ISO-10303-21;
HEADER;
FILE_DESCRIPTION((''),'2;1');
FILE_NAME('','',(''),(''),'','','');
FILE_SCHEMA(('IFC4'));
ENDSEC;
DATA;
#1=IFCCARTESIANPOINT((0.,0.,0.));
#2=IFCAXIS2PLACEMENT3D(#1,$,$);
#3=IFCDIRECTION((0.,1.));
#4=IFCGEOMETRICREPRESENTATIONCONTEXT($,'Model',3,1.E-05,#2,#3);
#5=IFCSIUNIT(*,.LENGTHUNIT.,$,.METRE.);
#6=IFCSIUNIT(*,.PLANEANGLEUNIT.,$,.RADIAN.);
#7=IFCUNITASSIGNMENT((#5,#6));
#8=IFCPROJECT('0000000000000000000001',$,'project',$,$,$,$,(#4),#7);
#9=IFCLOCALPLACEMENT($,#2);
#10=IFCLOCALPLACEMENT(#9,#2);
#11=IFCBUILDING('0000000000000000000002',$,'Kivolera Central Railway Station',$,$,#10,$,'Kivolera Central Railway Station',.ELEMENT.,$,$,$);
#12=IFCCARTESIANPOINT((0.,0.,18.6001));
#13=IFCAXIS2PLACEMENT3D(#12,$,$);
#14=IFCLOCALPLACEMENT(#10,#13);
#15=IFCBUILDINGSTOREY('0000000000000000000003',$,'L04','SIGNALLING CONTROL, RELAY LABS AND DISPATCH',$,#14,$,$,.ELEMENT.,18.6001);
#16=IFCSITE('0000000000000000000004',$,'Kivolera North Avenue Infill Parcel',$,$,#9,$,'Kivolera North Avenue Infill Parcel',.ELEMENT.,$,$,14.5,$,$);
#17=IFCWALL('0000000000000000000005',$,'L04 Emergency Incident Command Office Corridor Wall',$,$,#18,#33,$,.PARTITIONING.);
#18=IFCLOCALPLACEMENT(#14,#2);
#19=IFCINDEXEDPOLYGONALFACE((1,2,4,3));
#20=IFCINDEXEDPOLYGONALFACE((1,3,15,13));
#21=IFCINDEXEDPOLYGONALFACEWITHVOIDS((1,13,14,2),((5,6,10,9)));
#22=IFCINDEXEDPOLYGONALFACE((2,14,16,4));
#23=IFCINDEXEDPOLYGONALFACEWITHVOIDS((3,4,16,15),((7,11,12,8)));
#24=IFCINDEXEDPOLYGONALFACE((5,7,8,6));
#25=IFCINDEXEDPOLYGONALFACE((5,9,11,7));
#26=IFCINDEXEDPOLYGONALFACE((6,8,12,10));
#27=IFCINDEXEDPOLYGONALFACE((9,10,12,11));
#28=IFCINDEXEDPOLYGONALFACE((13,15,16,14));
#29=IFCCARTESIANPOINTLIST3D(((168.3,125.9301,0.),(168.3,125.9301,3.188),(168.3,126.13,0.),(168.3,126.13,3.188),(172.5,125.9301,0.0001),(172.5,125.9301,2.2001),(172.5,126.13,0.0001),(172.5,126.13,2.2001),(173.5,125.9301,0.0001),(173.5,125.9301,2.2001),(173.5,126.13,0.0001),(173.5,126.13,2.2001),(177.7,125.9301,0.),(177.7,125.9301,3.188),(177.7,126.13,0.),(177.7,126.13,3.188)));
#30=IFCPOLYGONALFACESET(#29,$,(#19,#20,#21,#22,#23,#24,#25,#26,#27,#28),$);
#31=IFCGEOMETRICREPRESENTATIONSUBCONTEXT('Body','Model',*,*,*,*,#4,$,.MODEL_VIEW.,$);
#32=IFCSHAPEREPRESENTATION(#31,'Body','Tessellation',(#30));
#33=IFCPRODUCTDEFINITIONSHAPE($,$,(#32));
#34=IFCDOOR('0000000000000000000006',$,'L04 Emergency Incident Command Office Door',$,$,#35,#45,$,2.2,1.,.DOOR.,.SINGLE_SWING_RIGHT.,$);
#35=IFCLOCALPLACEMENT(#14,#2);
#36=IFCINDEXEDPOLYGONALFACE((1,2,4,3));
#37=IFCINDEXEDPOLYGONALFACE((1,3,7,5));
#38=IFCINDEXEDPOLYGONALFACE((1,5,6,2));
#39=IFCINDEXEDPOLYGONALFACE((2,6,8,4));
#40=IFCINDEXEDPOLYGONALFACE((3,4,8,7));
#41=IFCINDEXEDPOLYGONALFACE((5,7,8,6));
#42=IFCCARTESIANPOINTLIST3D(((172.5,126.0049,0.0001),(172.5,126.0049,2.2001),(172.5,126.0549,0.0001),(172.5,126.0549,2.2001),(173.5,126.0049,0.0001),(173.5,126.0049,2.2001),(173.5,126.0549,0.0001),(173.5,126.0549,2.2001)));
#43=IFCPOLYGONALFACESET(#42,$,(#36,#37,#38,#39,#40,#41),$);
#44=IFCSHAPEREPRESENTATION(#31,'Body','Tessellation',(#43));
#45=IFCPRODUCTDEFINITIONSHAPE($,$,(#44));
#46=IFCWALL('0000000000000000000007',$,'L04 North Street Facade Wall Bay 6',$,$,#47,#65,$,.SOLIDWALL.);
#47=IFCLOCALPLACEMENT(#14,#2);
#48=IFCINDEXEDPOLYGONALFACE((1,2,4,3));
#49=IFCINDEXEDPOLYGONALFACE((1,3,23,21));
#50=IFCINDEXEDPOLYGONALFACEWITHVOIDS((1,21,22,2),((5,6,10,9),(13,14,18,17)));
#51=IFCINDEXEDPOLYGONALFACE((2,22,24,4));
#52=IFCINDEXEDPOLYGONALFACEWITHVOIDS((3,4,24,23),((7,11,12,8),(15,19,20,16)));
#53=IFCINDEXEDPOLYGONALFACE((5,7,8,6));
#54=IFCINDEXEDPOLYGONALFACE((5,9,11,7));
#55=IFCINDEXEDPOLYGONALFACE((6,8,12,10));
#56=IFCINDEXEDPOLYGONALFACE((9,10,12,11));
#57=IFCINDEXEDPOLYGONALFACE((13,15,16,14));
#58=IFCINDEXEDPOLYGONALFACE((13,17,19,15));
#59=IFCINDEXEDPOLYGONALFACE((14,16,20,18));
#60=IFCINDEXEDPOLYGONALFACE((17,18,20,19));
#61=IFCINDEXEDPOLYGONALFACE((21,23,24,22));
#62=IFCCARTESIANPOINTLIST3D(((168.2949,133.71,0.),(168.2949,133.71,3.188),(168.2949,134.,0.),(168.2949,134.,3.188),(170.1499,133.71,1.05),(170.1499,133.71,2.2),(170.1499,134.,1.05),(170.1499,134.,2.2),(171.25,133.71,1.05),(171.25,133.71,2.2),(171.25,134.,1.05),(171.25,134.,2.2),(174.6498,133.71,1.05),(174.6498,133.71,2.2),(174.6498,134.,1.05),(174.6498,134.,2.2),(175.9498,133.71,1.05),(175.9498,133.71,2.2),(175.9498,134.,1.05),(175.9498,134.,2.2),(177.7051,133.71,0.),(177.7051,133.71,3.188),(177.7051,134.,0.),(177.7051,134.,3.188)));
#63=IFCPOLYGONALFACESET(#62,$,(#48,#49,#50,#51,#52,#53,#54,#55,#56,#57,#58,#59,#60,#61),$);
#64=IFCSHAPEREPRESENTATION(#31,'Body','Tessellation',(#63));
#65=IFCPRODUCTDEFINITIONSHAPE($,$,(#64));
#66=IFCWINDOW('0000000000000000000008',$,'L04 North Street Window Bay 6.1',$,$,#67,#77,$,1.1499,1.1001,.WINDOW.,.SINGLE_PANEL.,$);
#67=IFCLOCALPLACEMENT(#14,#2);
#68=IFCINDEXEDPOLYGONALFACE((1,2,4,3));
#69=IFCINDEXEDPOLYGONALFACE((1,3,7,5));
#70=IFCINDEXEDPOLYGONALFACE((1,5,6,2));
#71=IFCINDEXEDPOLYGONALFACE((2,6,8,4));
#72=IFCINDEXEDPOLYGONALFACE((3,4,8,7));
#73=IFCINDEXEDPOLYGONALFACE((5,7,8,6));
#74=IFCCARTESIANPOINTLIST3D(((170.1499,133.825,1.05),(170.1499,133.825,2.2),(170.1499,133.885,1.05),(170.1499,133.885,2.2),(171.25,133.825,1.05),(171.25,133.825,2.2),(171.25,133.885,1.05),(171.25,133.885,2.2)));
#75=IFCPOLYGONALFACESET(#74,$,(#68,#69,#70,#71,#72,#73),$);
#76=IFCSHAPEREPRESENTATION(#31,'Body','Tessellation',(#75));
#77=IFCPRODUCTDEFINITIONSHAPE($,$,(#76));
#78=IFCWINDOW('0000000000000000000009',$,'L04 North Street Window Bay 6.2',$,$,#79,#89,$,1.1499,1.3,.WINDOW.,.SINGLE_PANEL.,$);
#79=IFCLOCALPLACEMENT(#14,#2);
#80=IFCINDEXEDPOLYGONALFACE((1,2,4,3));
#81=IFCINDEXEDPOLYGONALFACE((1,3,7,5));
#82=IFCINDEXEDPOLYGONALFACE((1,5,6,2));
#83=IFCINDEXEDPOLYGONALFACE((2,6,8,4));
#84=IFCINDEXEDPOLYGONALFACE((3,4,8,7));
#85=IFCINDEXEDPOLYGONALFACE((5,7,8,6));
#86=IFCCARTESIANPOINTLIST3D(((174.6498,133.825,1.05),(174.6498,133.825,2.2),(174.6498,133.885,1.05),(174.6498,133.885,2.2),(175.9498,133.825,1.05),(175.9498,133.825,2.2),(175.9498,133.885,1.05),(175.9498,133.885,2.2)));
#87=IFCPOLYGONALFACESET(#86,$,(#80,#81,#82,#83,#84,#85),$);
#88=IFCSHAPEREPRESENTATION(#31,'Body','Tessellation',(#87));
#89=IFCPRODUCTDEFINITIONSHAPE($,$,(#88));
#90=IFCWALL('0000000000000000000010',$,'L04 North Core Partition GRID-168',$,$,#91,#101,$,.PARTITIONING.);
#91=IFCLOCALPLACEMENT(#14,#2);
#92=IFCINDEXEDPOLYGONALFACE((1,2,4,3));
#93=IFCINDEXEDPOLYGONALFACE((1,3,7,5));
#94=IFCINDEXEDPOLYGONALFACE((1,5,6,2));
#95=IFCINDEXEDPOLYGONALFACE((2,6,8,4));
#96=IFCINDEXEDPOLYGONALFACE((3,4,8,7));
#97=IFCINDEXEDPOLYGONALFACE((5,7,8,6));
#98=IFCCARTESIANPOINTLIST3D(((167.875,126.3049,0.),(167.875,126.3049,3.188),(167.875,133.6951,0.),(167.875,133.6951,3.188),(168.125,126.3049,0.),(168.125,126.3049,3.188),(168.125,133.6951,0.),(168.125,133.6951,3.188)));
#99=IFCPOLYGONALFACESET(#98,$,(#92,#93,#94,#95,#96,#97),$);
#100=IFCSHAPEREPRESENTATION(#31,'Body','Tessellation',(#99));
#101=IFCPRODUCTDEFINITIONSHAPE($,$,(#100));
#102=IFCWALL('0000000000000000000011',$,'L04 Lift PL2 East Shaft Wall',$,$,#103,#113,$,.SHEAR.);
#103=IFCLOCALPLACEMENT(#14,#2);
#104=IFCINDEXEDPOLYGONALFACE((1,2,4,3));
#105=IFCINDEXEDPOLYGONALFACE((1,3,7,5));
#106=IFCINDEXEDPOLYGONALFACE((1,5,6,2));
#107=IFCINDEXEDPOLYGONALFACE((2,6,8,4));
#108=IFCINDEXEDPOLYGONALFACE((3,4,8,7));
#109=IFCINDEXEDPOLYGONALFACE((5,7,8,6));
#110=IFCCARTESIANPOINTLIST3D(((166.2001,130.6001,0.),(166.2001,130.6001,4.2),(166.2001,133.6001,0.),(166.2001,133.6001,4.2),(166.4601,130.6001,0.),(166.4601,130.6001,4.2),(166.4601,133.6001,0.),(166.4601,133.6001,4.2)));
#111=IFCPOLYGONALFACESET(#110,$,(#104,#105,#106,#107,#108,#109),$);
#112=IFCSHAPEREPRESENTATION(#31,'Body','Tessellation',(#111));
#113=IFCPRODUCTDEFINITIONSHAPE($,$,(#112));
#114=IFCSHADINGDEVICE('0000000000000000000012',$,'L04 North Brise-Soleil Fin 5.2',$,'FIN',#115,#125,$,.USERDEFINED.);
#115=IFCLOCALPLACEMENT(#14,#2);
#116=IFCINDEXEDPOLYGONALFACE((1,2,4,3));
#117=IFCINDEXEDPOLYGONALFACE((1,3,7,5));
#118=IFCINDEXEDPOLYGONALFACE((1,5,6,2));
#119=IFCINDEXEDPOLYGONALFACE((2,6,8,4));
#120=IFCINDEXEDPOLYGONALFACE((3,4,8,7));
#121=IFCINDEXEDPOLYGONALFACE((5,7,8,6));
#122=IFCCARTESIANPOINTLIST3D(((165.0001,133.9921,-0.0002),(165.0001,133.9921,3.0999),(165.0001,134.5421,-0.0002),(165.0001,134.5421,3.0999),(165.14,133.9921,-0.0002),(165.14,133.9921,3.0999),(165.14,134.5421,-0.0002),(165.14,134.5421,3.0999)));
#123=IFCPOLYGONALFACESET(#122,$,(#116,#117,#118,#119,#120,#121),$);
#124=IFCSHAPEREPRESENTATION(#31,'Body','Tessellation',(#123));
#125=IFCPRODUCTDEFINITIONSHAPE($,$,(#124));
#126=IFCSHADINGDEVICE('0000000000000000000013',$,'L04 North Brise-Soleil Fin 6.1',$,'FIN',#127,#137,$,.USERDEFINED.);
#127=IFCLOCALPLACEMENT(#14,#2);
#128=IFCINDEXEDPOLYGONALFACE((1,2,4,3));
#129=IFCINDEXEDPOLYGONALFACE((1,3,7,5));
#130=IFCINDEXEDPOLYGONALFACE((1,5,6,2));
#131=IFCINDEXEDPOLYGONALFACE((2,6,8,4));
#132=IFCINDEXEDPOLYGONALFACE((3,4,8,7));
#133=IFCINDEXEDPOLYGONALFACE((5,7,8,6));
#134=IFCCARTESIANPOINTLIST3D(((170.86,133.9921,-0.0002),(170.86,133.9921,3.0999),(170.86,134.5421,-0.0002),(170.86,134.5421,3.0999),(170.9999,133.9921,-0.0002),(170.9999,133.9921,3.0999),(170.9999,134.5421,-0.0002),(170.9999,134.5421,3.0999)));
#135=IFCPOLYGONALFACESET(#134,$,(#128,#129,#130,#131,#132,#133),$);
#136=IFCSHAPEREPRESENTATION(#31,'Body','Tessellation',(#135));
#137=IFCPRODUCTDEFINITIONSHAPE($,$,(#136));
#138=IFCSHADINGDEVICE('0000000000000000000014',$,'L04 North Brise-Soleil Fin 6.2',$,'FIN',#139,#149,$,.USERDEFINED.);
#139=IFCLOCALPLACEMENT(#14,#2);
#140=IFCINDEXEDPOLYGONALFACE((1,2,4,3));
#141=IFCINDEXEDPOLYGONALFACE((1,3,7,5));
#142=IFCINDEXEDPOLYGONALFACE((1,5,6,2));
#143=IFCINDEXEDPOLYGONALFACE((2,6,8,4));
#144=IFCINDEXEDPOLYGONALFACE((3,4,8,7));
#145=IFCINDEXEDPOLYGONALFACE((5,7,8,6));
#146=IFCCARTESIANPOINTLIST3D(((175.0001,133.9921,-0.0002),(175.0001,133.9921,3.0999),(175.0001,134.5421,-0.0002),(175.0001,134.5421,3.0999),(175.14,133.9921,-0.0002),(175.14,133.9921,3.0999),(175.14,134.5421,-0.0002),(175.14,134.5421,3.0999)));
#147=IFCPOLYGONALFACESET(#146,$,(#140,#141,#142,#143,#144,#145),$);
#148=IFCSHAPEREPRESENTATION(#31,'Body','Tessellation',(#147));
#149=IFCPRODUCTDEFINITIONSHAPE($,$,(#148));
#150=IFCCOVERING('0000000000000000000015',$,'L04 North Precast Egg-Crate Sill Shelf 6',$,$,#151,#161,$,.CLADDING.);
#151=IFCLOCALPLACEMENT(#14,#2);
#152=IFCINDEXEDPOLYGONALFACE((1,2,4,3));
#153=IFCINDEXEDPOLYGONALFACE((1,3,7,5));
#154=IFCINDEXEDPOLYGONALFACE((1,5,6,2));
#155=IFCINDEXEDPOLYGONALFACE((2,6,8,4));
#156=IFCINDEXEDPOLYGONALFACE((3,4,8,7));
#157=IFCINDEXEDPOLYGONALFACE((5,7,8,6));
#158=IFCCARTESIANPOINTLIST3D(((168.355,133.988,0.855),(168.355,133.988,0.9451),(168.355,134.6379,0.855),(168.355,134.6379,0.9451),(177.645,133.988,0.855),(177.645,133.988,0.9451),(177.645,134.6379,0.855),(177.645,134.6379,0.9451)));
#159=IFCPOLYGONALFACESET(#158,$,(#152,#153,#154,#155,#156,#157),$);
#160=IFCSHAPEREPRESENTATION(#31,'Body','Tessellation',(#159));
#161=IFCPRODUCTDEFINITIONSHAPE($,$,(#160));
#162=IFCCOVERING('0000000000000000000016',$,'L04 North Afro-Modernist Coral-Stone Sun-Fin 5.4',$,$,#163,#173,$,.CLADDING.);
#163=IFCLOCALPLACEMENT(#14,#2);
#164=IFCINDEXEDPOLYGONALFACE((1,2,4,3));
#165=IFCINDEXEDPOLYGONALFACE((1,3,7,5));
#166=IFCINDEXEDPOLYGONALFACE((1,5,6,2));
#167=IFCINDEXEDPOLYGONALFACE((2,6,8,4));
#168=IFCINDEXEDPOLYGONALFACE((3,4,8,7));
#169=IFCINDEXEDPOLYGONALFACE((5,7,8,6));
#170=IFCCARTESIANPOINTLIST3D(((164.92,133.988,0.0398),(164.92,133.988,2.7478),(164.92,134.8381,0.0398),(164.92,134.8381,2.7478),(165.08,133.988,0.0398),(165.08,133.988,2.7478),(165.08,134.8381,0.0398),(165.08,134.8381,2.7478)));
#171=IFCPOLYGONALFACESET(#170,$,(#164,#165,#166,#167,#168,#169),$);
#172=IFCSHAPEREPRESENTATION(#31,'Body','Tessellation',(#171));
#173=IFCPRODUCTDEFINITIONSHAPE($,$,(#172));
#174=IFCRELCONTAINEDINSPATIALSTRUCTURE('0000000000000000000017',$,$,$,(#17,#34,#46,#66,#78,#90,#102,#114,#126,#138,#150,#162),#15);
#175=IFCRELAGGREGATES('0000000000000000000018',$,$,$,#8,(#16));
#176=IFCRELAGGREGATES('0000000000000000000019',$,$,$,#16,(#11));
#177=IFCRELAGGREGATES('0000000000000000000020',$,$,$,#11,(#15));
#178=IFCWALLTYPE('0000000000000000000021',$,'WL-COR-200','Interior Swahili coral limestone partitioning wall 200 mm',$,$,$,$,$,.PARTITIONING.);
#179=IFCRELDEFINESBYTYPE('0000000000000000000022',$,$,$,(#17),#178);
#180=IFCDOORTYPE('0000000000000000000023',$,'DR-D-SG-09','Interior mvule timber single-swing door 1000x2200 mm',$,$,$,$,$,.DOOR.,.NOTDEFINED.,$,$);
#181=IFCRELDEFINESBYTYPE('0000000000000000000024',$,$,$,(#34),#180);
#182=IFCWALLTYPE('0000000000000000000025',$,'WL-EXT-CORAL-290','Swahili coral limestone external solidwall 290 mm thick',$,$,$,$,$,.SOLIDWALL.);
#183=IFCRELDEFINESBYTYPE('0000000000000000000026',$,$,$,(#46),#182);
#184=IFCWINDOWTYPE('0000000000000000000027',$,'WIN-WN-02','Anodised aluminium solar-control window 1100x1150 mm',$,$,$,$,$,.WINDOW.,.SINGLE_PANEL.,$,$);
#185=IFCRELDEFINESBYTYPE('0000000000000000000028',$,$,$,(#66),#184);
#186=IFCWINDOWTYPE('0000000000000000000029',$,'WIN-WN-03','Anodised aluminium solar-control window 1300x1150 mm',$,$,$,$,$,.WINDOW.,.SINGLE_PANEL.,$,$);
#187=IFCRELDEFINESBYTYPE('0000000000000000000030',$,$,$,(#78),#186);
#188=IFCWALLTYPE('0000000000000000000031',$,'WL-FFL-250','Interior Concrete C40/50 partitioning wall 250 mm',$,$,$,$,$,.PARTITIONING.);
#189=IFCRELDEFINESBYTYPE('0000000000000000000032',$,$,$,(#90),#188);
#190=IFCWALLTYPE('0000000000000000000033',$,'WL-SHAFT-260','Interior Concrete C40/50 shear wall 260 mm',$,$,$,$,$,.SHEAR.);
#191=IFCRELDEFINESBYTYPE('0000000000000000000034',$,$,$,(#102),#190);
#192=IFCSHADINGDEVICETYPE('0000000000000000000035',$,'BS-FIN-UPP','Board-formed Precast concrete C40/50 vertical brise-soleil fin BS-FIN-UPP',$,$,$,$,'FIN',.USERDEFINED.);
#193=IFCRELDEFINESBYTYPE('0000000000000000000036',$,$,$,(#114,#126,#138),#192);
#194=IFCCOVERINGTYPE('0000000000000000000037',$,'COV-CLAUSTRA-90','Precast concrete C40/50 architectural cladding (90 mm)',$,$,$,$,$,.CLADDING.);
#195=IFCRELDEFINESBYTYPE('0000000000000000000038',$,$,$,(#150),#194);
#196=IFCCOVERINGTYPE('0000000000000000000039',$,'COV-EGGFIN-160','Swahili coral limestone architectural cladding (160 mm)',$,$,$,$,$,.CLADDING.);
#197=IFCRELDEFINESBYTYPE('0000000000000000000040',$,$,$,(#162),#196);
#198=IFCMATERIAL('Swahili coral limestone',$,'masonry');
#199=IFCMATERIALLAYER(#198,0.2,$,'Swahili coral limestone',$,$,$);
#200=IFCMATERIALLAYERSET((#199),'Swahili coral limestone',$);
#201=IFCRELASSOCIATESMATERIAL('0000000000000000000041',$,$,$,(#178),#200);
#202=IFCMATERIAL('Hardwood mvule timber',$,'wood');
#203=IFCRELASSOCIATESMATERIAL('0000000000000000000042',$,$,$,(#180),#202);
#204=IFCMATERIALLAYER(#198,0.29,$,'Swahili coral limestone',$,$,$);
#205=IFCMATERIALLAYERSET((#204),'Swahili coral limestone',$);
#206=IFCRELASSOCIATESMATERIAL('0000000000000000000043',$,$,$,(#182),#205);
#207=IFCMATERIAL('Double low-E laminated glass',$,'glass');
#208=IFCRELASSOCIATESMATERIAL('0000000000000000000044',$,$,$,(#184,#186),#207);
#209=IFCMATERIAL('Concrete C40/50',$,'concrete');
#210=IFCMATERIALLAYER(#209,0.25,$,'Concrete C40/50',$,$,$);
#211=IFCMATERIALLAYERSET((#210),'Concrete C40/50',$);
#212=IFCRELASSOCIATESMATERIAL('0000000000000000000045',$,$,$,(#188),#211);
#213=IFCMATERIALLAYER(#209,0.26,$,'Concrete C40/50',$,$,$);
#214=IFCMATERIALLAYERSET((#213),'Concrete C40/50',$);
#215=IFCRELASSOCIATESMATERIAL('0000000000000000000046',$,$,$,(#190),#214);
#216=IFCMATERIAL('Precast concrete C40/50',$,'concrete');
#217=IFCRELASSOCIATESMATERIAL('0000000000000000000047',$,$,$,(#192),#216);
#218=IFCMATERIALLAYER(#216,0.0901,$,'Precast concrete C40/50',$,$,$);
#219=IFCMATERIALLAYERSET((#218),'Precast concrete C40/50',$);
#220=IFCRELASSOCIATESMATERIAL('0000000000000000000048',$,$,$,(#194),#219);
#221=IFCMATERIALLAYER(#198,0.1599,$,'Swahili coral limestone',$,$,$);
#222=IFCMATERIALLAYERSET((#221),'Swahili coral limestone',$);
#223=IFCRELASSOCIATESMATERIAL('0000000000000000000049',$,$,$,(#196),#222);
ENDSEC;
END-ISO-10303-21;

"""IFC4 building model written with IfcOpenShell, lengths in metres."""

from ifc_helpers import new_model, si_unit, direction, frame, frame_2d, origin, origin_2d, place, context, subcontext, project, spatial, rectangle, extrude, material, layer, layer_set, type_object, element, fill, save


model = new_model("IFC4")

# Units and contexts
model_context = context("Model", 3, precision=1e-05, world=origin(), true_north=direction((0.0, 1.0)))
body_context = subcontext(model_context, "Body", "Model", "MODEL_VIEW")
ifc_project = project(units=[si_unit("LENGTHUNIT", "METRE"), si_unit("PLANEANGLEUNIT", "RADIAN")], contexts=[model_context])

# Site, building, storey
site_placement = place(None, origin())
site = spatial("IfcSite", under=ifc_project, at=site_placement, Name="Kivolera North Avenue Infill Parcel", LongName="Kivolera North Avenue Infill Parcel", CompositionType="ELEMENT", RefElevation=14.5)
building_placement = place(site_placement, origin())
building = spatial("IfcBuilding", under=site, at=building_placement, Name="Kivolera Central Railway Station", LongName="Kivolera Central Railway Station", CompositionType="ELEMENT")
storey_placement = place(building_placement, frame((0.0, 0.0, 18.6001)))
storey = spatial("IfcBuildingStorey", under=building, at=storey_placement, Name="L04", Description="SIGNALLING CONTROL, RELAY LABS AND DISPATCH", CompositionType="ELEMENT", Elevation=18.6001)

# Shared definitions
ifc_material_1 = material(Name="Concrete C40/50", Category="concrete")

# Shared definitions
ifc_material_2 = material(Name="Double low-E laminated glass", Category="glass")

# Wall, opening, door
ifc_material_3 = material(Name="Swahili coral limestone", Category="masonry")
ifc_layer_1 = layer(ifc_material_3, 0.2, Name="Swahili coral limestone")
ifc_layer_set_1 = layer_set([ifc_layer_1], Name="Swahili coral limestone")
wall_type_1 = type_object("IfcWallType", Name="WL-COR-200", Description="Interior Swahili coral limestone partitioning wall 200 mm", PredefinedType="PARTITIONING", material=ifc_layer_set_1)
wall_1_placement = place(storey_placement, frame((168.3, 126.03, 0.0), z_axis=(0.0, 0.0, 1.0), x_axis=(1.0, 0.0, 0.0)))
wall_1 = element("IfcWall", 1, at=wall_1_placement, inside=storey, type_object=wall_type_1, Name="L04 Emergency Incident Command Office Corridor Wall", PredefinedType="PARTITIONING", context=body_context, shape_type="SweptSolid", body=[
    extrude(rectangle(XDim=9.3999, YDim=0.2, at=frame_2d((4.7, 0.0))), origin(), (0.0, 0.0, 1.0), 3.188),
])
opening_1_placement = place(wall_1_placement, frame((4.2, 0.0, 0.0)))
opening_1 = element("IfcOpeningElement", 2, at=opening_1_placement, cuts=wall_1, PredefinedType="OPENING", context=body_context, shape_type="SweptSolid", body=[
    extrude(rectangle(XDim=1.0, YDim=2.2, at=frame_2d((0.5, 1.1001))), frame((0.0, 0.1099, 0.0), z_axis=(0.0, -1.0, 0.0), x_axis=(1.0, 0.0, 0.0)), (0.0, 0.0, 1.0), 0.22),
])
ifc_material_4 = material(Name="Hardwood mvule timber", Category="wood")
door_type = type_object("IfcDoorType", Name="DR-D-SG-09", Description="Interior mvule timber single-swing door 1000x2200 mm", OperationType="NOTDEFINED", PredefinedType="DOOR", material=ifc_material_4)
door_placement = place(opening_1_placement, origin())
door = element("IfcDoor", 3, at=door_placement, inside=storey, type_object=door_type, Name="L04 Emergency Incident Command Office Door", OperationType="SINGLE_SWING_RIGHT", OverallHeight=2.2, OverallWidth=1.0, PredefinedType="DOOR", context=body_context, shape_type="SweptSolid", body=[
    extrude(rectangle(XDim=1.0, YDim=2.2, at=frame_2d((0.5, 1.1001))), frame((0.0, 0.0249, 0.0), z_axis=(0.0, -1.0, 0.0), x_axis=(1.0, 0.0, 0.0)), (0.0, 0.0, 1.0), 0.05),
])
fill(opening_1, door)

# Wall, openings, windows
ifc_layer_2 = layer(ifc_material_3, 0.29, Name="Swahili coral limestone")
ifc_layer_set_2 = layer_set([ifc_layer_2], Name="Swahili coral limestone")
wall_type_2 = type_object("IfcWallType", Name="WL-EXT-CORAL-290", Description="Swahili coral limestone external solidwall 290 mm thick", PredefinedType="SOLIDWALL", material=ifc_layer_set_2)
wall_2_placement = place(storey_placement, frame((168.2949, 133.855, 0.0), z_axis=(0.0, 0.0, 1.0), x_axis=(1.0, 0.0, 0.0)))
wall_2 = element("IfcWall", 4, at=wall_2_placement, inside=storey, type_object=wall_type_2, Name="L04 North Street Facade Wall Bay 6", PredefinedType="SOLIDWALL", context=body_context, shape_type="SweptSolid", body=[
    extrude(rectangle(XDim=9.4102, YDim=0.29, at=frame_2d((4.7051, 0.0))), origin(), (0.0, 0.0, 1.0), 3.188),
])
opening_2_placement = place(wall_2_placement, frame((1.855, 0.0, 1.05)))
opening_2 = element("IfcOpeningElement", 5, at=opening_2_placement, cuts=wall_2, PredefinedType="OPENING", context=body_context, shape_type="SweptSolid", body=[
    extrude(rectangle(XDim=1.1001, YDim=1.1499, at=frame_2d((0.55, 0.575))), frame((0.0, 0.155, 0.0), z_axis=(0.0, -1.0, 0.0), x_axis=(1.0, 0.0, 0.0)), (0.0, 0.0, 1.0), 0.3101),
])
opening_3_placement = place(wall_2_placement, frame((6.355, 0.0, 1.05)))
opening_3 = element("IfcOpeningElement", 6, at=opening_3_placement, cuts=wall_2, PredefinedType="OPENING", context=body_context, shape_type="SweptSolid", body=[
    extrude(rectangle(XDim=1.3, YDim=1.1499, at=frame_2d((0.6499, 0.575))), frame((0.0, 0.155, 0.0), z_axis=(0.0, -1.0, 0.0), x_axis=(1.0, 0.0, 0.0)), (0.0, 0.0, 1.0), 0.3101),
])
window_type_1 = type_object("IfcWindowType", Name="WIN-WN-02", Description="Anodised aluminium solar-control window 1100x1150 mm", PartitioningType="SINGLE_PANEL", PredefinedType="WINDOW", material=ifc_material_2)
window_1_placement = place(opening_2_placement, origin())
window_1 = element("IfcWindow", 7, at=window_1_placement, inside=storey, type_object=window_type_1, Name="L04 North Street Window Bay 6.1", OverallHeight=1.1499, OverallWidth=1.1001, PartitioningType="SINGLE_PANEL", PredefinedType="WINDOW", context=body_context, shape_type="SweptSolid", body=[
    extrude(rectangle(XDim=1.1001, YDim=1.1499, at=frame_2d((0.55, 0.575))), frame((0.0, 0.03, 0.0), z_axis=(0.0, -1.0, 0.0), x_axis=(1.0, 0.0, 0.0)), (0.0, 0.0, 1.0), 0.0601),
])
fill(opening_2, window_1)
window_type_2 = type_object("IfcWindowType", Name="WIN-WN-03", Description="Anodised aluminium solar-control window 1300x1150 mm", PartitioningType="SINGLE_PANEL", PredefinedType="WINDOW", material=ifc_material_2)
window_2_placement = place(opening_3_placement, origin())
window_2 = element("IfcWindow", 8, at=window_2_placement, inside=storey, type_object=window_type_2, Name="L04 North Street Window Bay 6.2", OverallHeight=1.1499, OverallWidth=1.3, PartitioningType="SINGLE_PANEL", PredefinedType="WINDOW", context=body_context, shape_type="SweptSolid", body=[
    extrude(rectangle(XDim=1.3, YDim=1.1499, at=frame_2d((0.6499, 0.575))), frame((0.0, 0.03, 0.0), z_axis=(0.0, -1.0, 0.0), x_axis=(1.0, 0.0, 0.0)), (0.0, 0.0, 1.0), 0.0601),
])
fill(opening_3, window_2)

# Walls
ifc_layer_3 = layer(ifc_material_1, 0.25, Name="Concrete C40/50")
ifc_layer_set_3 = layer_set([ifc_layer_3], Name="Concrete C40/50")
wall_type_3 = type_object("IfcWallType", Name="WL-FFL-250", Description="Interior Concrete C40/50 partitioning wall 250 mm", PredefinedType="PARTITIONING", material=ifc_layer_set_3)
wall_3_placement = place(storey_placement, frame((168.0, 126.3049, 0.0), z_axis=(0.0, 0.0, 1.0), x_axis=(0.0, 1.0, 0.0)))
element("IfcWall", 9, at=wall_3_placement, inside=storey, type_object=wall_type_3, Name="L04 North Core Partition GRID-168", PredefinedType="PARTITIONING", context=body_context, shape_type="SweptSolid", body=[
    extrude(rectangle(XDim=7.3901, YDim=0.25, at=frame_2d((3.6951, 0.0))), origin(), (0.0, 0.0, 1.0), 3.188),
])
ifc_layer_4 = layer(ifc_material_1, 0.26, Name="Concrete C40/50")
ifc_layer_set_4 = layer_set([ifc_layer_4], Name="Concrete C40/50")
wall_type_4 = type_object("IfcWallType", Name="WL-SHAFT-260", Description="Interior Concrete C40/50 shear wall 260 mm", PredefinedType="SHEAR", material=ifc_layer_set_4)
wall_4_placement = place(storey_placement, frame((166.3301, 130.6001, 0.0), z_axis=(0.0, 0.0, 1.0), x_axis=(0.0, 1.0, 0.0)))
element("IfcWall", 10, at=wall_4_placement, inside=storey, type_object=wall_type_4, Name="L04 Lift PL2 East Shaft Wall", PredefinedType="SHEAR", context=body_context, shape_type="SweptSolid", body=[
    extrude(rectangle(XDim=3.0, YDim=0.26, at=frame_2d((1.5, 0.0))), origin(), (0.0, 0.0, 1.0), 4.2),
])

# Shading devices
ifc_material_5 = material(Name="Precast concrete C40/50", Category="concrete")
shading_device_type = type_object("IfcShadingDeviceType", Name="BS-FIN-UPP", Description="Board-formed Precast concrete C40/50 vertical brise-soleil fin BS-FIN-UPP", ElementType="FIN", PredefinedType="USERDEFINED", material=ifc_material_5)
for number, where, z_axis, x_axis, name in (
    (11, (165.0701, 134.2671, -0.0002), (0.0, 0.0, 1.0), (1.0, 0.0, 0.0), "L04 North Brise-Soleil Fin 5.2"),
    (12, (170.9299, 134.2671, -0.0002), (0.0, 0.0, 1.0), (1.0, 0.0, 0.0), "L04 North Brise-Soleil Fin 6.1"),
    (13, (175.0701, 134.2671, -0.0002), (0.0, 0.0, 1.0), (1.0, 0.0, 0.0), "L04 North Brise-Soleil Fin 6.2"),
):
    element("IfcShadingDevice", number, at=place(storey_placement, frame(where, z_axis=z_axis, x_axis=x_axis)), inside=storey, type_object=shading_device_type, Name=name, ObjectType="FIN", PredefinedType="USERDEFINED", context=body_context, shape_type="SweptSolid", body=[
        extrude(rectangle(XDim=0.1399, YDim=0.55, at=origin_2d()), origin(), (0.0, 0.0, 1.0), 3.1001),
    ])

# Coverings
ifc_layer_5 = layer(ifc_material_5, 0.0901, Name="Precast concrete C40/50")
ifc_layer_set_5 = layer_set([ifc_layer_5], Name="Precast concrete C40/50")
covering_type_1 = type_object("IfcCoveringType", Name="COV-CLAUSTRA-90", Description="Precast concrete C40/50 architectural cladding (90 mm)", PredefinedType="CLADDING", material=ifc_layer_set_5)
covering_1_placement = place(storey_placement, frame((173.0, 134.313, 0.855), z_axis=(0.0, 0.0, 1.0), x_axis=(1.0, 0.0, 0.0)))
element("IfcCovering", 14, at=covering_1_placement, inside=storey, type_object=covering_type_1, Name="L04 North Precast Egg-Crate Sill Shelf 6", PredefinedType="CLADDING", context=body_context, shape_type="SweptSolid", body=[
    extrude(rectangle(XDim=9.29, YDim=0.6499, at=origin_2d()), origin(), (0.0, 0.0, 1.0), 0.0901),
])
ifc_layer_6 = layer(ifc_material_3, 0.1599, Name="Swahili coral limestone")
ifc_layer_set_6 = layer_set([ifc_layer_6], Name="Swahili coral limestone")
covering_type_2 = type_object("IfcCoveringType", Name="COV-EGGFIN-160", Description="Swahili coral limestone architectural cladding (160 mm)", PredefinedType="CLADDING", material=ifc_layer_set_6)
for number, where, z_axis, x_axis, name in (
    (15, (165.0, 134.4131, 0.0398), (0.0, 0.0, 1.0), (1.0, 0.0, 0.0), "L04 North Afro-Modernist Coral-Stone Sun-Fin 5.4"),
):
    element("IfcCovering", number, at=place(storey_placement, frame(where, z_axis=z_axis, x_axis=x_axis)), inside=storey, type_object=covering_type_2, Name=name, PredefinedType="CLADDING", context=body_context, shape_type="SweptSolid", body=[
        extrude(rectangle(XDim=0.1599, YDim=0.8501, at=origin_2d()), origin(), (0.0, 0.0, 1.0), 2.708),
    ])

save(model, "model.ifc")
